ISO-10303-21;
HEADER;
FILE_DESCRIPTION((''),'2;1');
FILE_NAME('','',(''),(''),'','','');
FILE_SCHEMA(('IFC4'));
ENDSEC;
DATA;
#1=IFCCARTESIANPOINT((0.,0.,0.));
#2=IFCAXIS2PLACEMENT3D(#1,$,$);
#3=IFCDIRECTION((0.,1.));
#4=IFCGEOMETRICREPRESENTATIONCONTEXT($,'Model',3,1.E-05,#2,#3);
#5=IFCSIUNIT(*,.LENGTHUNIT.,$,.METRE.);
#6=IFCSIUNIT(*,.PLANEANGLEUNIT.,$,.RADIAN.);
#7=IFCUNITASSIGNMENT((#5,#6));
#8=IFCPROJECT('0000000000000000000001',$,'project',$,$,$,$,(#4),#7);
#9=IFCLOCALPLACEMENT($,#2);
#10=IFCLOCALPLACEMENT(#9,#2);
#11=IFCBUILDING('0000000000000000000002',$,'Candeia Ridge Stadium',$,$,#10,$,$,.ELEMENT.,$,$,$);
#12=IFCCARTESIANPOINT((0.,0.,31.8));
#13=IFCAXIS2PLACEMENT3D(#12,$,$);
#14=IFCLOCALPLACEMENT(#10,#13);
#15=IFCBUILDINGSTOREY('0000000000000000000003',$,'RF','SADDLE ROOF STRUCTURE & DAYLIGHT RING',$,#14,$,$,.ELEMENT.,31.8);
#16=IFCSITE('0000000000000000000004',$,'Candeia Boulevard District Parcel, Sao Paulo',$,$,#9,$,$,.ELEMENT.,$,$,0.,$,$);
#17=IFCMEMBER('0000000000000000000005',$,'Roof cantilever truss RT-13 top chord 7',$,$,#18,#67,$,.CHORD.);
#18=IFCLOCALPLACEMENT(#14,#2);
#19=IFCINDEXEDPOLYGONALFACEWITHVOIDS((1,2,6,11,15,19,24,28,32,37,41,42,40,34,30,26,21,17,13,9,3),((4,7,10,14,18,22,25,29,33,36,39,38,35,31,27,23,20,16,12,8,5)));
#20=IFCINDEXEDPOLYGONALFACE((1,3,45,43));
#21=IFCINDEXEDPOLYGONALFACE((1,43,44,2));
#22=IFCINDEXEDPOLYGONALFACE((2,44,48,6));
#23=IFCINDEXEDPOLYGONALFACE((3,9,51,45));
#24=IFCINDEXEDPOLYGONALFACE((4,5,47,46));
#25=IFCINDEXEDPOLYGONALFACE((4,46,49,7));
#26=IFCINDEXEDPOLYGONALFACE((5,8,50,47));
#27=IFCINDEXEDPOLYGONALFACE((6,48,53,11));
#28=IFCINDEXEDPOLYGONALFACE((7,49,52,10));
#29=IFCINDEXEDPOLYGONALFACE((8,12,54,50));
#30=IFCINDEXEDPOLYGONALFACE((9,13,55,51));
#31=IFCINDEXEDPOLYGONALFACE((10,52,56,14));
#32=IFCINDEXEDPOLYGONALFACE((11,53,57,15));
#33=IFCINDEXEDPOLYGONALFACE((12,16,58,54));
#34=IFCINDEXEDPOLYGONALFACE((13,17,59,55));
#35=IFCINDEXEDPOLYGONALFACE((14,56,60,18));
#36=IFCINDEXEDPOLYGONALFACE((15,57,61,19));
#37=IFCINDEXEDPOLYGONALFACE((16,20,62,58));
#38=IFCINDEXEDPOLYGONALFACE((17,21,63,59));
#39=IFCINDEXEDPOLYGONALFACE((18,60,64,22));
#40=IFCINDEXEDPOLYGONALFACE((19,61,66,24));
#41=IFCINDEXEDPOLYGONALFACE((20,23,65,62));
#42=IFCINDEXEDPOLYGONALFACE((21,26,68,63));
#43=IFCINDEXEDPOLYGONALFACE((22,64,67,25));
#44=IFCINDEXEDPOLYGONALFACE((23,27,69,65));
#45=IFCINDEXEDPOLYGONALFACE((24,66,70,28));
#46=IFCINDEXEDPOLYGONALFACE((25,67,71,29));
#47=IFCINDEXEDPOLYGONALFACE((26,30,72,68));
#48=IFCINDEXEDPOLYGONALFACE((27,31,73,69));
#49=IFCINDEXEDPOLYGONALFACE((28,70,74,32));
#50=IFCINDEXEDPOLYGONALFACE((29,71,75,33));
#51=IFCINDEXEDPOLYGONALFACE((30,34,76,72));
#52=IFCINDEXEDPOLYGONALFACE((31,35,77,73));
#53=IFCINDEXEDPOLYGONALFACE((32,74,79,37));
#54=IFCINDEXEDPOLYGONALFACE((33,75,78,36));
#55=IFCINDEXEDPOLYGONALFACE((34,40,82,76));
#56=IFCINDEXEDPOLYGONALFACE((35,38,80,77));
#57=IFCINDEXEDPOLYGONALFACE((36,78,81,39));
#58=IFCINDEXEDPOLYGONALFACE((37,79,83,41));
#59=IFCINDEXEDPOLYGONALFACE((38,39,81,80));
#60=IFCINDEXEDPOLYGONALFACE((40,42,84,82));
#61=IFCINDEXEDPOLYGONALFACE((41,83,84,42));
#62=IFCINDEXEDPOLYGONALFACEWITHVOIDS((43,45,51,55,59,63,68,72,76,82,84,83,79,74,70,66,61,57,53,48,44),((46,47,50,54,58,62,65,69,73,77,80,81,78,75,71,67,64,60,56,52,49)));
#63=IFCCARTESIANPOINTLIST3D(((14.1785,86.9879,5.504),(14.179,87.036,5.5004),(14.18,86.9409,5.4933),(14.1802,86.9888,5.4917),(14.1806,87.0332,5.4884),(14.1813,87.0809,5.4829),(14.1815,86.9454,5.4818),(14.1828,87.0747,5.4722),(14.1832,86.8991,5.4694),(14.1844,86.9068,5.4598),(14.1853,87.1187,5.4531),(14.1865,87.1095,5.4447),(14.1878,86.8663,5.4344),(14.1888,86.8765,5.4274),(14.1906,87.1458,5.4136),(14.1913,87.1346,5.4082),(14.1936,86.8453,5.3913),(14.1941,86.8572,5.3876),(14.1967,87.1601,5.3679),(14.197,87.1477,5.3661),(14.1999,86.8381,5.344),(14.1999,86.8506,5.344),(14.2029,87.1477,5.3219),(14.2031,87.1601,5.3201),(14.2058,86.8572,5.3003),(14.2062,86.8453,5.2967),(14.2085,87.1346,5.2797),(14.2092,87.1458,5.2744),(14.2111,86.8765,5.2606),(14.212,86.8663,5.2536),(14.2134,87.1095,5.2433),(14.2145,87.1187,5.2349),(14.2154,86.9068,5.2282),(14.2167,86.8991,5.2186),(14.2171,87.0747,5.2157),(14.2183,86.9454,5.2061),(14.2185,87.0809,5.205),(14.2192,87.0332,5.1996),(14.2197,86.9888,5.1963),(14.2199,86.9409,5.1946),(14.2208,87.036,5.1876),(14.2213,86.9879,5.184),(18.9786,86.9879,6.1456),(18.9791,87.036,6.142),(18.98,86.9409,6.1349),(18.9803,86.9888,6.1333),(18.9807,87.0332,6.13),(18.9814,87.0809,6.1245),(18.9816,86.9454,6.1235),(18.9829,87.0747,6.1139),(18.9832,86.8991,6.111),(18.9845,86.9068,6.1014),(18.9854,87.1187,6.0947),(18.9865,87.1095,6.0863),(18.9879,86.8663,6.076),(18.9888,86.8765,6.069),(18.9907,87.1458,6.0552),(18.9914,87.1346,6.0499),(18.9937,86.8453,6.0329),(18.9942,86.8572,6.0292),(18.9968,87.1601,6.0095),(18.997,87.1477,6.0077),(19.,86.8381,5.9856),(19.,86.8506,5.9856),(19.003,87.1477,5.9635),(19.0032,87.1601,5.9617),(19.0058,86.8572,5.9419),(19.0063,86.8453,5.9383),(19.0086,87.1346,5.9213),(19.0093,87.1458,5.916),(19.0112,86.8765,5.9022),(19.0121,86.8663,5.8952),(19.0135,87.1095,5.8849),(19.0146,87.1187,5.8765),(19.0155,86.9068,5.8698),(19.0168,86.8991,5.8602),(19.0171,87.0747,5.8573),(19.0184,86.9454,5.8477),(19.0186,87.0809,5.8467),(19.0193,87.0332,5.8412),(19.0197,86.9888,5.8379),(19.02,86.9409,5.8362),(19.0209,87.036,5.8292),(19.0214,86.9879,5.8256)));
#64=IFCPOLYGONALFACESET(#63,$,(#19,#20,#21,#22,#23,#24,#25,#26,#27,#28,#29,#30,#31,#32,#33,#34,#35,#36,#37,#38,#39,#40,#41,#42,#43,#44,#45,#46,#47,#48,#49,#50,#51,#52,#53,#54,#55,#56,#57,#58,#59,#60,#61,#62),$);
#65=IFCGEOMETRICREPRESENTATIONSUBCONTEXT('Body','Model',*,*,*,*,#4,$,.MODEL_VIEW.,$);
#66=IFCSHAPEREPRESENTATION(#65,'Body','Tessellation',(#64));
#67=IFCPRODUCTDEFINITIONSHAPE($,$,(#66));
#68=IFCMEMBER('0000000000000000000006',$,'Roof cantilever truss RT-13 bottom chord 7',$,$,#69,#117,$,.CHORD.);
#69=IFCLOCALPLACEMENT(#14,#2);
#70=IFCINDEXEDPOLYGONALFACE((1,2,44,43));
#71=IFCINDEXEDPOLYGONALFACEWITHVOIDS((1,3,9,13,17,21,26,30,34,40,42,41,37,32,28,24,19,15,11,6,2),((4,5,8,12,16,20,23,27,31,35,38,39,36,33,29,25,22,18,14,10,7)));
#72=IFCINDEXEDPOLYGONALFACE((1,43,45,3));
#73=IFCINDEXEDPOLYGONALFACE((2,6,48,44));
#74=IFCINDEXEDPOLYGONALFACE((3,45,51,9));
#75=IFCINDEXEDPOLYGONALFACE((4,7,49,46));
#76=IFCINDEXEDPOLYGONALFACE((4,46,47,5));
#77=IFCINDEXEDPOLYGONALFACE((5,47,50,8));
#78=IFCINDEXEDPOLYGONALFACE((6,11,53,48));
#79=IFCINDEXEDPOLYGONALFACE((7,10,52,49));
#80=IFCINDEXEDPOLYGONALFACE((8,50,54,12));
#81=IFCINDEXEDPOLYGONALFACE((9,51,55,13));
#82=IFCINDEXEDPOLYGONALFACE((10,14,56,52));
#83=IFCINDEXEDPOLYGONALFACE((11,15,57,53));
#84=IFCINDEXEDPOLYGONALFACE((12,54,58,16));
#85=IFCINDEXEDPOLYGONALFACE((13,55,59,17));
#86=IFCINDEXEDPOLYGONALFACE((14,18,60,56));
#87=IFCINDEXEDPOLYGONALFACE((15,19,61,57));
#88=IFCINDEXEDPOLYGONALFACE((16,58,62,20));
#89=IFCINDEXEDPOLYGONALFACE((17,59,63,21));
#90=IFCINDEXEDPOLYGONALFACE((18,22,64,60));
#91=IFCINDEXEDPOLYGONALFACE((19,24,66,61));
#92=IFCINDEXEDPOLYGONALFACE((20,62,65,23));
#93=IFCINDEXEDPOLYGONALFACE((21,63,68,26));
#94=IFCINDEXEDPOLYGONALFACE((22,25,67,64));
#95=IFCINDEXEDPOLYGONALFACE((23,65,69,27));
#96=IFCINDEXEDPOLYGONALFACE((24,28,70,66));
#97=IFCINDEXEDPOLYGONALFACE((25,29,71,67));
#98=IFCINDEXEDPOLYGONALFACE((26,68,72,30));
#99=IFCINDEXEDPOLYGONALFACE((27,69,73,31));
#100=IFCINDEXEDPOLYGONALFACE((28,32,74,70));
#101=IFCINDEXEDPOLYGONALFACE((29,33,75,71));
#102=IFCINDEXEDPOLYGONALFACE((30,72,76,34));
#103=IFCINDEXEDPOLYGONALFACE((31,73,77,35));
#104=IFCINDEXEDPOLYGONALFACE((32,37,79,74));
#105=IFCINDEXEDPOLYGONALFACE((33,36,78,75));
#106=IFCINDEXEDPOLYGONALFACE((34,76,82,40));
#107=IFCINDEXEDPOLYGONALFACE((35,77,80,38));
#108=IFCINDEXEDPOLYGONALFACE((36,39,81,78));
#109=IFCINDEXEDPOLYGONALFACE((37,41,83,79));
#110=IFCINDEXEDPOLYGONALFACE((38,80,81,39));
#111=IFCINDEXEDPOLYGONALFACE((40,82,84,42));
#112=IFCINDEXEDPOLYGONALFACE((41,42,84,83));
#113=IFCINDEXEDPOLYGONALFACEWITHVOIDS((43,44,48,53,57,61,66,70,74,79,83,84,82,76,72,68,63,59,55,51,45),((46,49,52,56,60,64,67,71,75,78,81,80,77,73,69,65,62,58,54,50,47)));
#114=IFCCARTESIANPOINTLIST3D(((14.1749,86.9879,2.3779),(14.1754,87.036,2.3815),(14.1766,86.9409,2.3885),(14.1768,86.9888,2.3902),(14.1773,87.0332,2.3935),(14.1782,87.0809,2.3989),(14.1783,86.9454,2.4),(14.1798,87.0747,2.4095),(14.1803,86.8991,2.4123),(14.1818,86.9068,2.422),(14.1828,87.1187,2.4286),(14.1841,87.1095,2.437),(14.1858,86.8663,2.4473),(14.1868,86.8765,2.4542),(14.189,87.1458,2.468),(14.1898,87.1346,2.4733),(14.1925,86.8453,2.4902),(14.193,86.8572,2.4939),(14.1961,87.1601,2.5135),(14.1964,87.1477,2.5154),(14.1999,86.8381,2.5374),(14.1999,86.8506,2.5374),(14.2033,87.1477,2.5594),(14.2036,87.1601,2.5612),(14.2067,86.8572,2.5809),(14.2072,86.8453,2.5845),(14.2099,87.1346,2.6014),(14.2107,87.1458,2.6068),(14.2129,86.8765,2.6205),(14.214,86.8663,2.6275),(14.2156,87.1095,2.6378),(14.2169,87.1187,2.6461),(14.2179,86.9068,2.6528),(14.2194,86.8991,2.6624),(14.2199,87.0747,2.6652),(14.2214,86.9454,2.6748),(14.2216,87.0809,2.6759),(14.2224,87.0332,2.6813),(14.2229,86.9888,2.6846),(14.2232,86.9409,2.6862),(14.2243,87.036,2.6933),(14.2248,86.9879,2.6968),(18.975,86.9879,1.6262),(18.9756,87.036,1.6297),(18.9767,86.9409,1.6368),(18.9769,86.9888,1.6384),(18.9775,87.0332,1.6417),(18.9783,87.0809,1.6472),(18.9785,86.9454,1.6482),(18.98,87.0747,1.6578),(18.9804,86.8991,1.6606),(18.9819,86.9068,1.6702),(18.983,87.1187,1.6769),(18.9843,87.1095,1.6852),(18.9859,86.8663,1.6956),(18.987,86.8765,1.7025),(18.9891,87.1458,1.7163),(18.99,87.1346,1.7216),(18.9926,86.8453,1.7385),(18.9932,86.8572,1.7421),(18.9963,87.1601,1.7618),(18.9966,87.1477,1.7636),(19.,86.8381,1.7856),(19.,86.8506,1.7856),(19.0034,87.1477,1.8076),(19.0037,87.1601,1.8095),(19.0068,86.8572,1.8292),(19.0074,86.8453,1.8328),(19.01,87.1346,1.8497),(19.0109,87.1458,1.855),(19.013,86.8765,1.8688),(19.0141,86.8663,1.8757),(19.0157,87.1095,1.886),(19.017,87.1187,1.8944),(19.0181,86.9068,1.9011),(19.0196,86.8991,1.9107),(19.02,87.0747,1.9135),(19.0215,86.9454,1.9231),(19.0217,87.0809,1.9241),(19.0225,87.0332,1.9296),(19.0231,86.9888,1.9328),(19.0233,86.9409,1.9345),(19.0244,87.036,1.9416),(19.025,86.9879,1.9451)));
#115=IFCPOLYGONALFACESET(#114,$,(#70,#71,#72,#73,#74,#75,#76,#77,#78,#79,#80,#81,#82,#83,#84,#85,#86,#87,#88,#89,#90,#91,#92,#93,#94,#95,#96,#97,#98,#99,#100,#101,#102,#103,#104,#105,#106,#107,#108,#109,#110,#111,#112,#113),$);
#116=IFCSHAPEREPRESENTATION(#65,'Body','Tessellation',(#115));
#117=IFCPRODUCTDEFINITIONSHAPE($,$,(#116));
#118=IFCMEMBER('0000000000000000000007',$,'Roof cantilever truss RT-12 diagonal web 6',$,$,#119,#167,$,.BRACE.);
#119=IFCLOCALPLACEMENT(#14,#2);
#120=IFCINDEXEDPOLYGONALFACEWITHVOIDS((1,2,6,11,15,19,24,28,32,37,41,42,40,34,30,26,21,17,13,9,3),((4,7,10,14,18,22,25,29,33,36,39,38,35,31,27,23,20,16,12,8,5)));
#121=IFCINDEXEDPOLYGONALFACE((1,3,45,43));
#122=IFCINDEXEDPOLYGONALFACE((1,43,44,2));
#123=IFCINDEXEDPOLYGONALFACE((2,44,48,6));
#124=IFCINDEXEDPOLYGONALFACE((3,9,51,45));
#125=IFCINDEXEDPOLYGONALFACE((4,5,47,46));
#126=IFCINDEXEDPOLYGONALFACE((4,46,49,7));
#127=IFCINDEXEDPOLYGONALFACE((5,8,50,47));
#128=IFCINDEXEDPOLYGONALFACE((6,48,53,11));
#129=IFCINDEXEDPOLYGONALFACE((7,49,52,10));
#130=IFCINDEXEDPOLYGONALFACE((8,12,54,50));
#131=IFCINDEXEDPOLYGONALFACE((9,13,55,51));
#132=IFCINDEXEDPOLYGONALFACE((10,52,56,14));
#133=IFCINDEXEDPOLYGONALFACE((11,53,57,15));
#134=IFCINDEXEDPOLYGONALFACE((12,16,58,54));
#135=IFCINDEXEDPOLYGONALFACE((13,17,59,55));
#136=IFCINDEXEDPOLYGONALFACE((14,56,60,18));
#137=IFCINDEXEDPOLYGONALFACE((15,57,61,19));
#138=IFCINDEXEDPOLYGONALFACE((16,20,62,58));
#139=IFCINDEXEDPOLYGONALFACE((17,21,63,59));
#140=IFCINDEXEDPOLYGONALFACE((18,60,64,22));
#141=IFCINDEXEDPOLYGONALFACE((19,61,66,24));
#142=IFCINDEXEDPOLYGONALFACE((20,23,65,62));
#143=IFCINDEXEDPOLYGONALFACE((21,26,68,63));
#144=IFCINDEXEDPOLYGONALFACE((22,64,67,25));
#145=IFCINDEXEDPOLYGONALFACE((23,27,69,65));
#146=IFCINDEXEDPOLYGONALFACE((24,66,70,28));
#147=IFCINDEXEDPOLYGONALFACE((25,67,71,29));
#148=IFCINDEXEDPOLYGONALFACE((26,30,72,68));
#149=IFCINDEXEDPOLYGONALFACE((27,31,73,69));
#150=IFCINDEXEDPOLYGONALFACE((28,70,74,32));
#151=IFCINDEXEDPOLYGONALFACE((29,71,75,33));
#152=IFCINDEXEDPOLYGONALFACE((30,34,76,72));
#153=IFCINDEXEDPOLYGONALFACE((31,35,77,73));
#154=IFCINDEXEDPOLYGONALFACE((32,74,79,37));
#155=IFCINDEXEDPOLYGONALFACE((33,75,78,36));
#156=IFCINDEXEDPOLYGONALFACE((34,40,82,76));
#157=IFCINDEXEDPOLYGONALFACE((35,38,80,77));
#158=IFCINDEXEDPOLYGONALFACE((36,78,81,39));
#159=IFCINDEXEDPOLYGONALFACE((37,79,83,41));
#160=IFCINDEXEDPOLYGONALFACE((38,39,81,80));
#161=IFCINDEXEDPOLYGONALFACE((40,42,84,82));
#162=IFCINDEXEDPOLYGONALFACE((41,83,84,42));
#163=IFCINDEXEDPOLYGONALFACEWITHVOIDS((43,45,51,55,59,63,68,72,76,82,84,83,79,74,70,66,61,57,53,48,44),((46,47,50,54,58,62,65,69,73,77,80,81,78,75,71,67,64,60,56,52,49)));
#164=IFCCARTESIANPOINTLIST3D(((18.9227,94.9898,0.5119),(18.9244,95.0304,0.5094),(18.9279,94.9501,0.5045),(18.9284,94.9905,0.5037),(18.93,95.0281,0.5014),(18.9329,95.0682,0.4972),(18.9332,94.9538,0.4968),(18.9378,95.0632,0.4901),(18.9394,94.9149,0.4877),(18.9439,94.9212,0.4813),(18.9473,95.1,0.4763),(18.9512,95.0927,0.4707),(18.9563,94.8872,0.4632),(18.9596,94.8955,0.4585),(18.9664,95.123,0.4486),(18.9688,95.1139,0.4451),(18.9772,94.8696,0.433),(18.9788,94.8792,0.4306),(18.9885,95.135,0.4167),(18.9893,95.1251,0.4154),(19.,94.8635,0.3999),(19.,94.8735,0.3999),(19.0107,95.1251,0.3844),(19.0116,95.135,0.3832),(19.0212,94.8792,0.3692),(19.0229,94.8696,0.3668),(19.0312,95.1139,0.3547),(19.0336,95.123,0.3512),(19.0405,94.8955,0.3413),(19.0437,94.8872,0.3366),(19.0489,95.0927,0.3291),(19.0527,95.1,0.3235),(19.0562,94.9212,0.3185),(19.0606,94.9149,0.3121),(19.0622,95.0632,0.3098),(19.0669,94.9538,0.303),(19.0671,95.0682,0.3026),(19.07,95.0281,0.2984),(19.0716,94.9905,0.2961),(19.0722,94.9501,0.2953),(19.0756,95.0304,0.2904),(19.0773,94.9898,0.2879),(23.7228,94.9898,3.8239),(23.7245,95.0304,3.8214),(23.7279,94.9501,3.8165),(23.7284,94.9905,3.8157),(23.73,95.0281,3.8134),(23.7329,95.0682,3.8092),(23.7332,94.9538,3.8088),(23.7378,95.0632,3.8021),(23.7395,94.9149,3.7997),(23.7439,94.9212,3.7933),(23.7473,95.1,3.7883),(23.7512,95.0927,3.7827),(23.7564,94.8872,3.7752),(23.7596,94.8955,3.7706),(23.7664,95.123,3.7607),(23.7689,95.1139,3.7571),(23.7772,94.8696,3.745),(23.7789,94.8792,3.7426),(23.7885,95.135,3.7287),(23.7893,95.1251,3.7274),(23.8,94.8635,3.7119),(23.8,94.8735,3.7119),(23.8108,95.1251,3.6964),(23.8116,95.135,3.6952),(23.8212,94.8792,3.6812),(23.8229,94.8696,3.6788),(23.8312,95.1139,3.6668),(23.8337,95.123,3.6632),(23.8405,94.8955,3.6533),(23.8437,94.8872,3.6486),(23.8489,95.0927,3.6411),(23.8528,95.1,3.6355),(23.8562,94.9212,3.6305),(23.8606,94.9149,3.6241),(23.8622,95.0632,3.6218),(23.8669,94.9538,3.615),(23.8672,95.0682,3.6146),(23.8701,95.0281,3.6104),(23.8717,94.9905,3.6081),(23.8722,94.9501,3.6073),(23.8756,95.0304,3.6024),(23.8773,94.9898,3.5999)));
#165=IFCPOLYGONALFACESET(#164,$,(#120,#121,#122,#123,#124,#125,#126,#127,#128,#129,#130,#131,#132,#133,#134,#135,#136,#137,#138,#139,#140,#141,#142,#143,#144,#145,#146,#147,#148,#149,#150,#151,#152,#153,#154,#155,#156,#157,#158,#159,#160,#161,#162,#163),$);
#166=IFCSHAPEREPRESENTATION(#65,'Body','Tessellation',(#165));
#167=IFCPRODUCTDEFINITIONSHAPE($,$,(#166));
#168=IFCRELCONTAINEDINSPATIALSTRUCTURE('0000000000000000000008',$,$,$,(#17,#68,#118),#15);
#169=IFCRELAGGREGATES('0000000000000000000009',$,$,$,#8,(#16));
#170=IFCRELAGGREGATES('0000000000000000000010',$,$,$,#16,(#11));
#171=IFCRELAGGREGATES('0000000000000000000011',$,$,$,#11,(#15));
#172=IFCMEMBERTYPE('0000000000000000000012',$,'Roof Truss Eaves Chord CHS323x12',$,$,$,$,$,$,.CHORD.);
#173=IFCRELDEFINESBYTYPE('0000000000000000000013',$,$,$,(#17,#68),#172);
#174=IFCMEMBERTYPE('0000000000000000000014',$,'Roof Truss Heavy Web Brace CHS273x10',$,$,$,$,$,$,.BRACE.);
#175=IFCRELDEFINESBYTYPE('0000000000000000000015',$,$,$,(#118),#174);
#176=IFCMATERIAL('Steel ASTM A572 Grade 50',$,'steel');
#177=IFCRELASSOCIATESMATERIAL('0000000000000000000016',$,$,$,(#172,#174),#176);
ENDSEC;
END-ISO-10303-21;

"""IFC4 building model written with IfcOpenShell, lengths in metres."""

from ifc_helpers import new_model, si_unit, direction, frame, origin, origin_2d, place, context, subcontext, project, spatial, hollow_circle, extrude, material, material_profile, profile_set, type_object, element, save


model = new_model("IFC4")

# Units and contexts
model_context = context("Model", 3, precision=1e-05, world=origin(), true_north=direction((0.0, 1.0)))
body_context = subcontext(model_context, "Body", "Model", "MODEL_VIEW")
ifc_project = project(units=[si_unit("LENGTHUNIT", "METRE"), si_unit("PLANEANGLEUNIT", "RADIAN")], contexts=[model_context])

# Site, building, storey
site_placement = place(None, origin())
site = spatial("IfcSite", under=ifc_project, at=site_placement, Name="Candeia Boulevard District Parcel, Sao Paulo", CompositionType="ELEMENT", RefElevation=0.0)
building_placement = place(site_placement, origin())
building = spatial("IfcBuilding", under=site, at=building_placement, Name="Candeia Ridge Stadium", CompositionType="ELEMENT")
storey_placement = place(building_placement, frame((0.0, 0.0, 31.8)))
storey = spatial("IfcBuildingStorey", under=building, at=storey_placement, Name="RF", Description="SADDLE ROOF STRUCTURE & DAYLIGHT RING", CompositionType="ELEMENT", Elevation=31.8)

# Shared definitions
ifc_material_1 = material(Name="Steel ASTM A572 Grade 50", Category="steel")

# Members
ifc_material_profile_1 = material_profile(ifc_material_1, hollow_circle(Radius=0.1619, WallThickness=0.0125, at=origin_2d()), Name="CHS323x12", Category="steel")
ifc_profile_set_1 = profile_set([ifc_material_profile_1], Name="Steel ASTM A572 Grade 50")
member_type_1 = type_object("IfcMemberType", Name="Roof Truss Eaves Chord CHS323x12", PredefinedType="CHORD", material=ifc_profile_set_1)
member_1_placement = place(storey_placement, frame((19.0, 87.0, 5.9856), z_axis=(-0.991185, 0.0, -0.132487), x_axis=(0.0, -1.0, 0.0)))
element("IfcMember", 1, at=member_1_placement, inside=storey, type_object=member_type_1, Name="Roof cantilever truss RT-13 top chord 7", PredefinedType="CHORD", context=body_context, shape_type="SweptSolid", body=[
    extrude(hollow_circle(Radius=0.1619, WallThickness=0.0125, at=origin_2d()), origin(), (0.0, 0.0, 1.0), 4.8428),
])
member_2_placement = place(storey_placement, frame((19.0, 87.0, 1.7856), z_axis=(-0.987959, 0.0, 0.154719), x_axis=(0.0, -1.0, 0.0)))
element("IfcMember", 2, at=member_2_placement, inside=storey, type_object=member_type_1, Name="Roof cantilever truss RT-13 bottom chord 7", PredefinedType="CHORD", context=body_context, shape_type="SweptSolid", body=[
    extrude(hollow_circle(Radius=0.1619, WallThickness=0.0125, at=origin_2d()), origin(), (0.0, 0.0, 1.0), 4.8586),
])
ifc_material_profile_2 = material_profile(ifc_material_1, hollow_circle(Radius=0.1365, WallThickness=0.01, at=origin_2d()), Name="CHS273x10", Category="steel")
ifc_profile_set_2 = profile_set([ifc_material_profile_2], Name="Steel ASTM A572 Grade 50")
member_type_2 = type_object("IfcMemberType", Name="Roof Truss Heavy Web Brace CHS273x10", PredefinedType="BRACE", material=ifc_profile_set_2)
member_3_placement = place(storey_placement, frame((23.8, 95.0, 3.7119), z_axis=(-0.823082, 0.0, -0.567923), x_axis=(0.0, -1.0, 0.0)))
element("IfcMember", 3, at=member_3_placement, inside=storey, type_object=member_type_2, Name="Roof cantilever truss RT-12 diagonal web 6", PredefinedType="BRACE", context=body_context, shape_type="SweptSolid", body=[
    extrude(hollow_circle(Radius=0.1365, WallThickness=0.01, at=origin_2d()), origin(), (0.0, 0.0, 1.0), 5.8318),
])

save(model, "model.ifc")
